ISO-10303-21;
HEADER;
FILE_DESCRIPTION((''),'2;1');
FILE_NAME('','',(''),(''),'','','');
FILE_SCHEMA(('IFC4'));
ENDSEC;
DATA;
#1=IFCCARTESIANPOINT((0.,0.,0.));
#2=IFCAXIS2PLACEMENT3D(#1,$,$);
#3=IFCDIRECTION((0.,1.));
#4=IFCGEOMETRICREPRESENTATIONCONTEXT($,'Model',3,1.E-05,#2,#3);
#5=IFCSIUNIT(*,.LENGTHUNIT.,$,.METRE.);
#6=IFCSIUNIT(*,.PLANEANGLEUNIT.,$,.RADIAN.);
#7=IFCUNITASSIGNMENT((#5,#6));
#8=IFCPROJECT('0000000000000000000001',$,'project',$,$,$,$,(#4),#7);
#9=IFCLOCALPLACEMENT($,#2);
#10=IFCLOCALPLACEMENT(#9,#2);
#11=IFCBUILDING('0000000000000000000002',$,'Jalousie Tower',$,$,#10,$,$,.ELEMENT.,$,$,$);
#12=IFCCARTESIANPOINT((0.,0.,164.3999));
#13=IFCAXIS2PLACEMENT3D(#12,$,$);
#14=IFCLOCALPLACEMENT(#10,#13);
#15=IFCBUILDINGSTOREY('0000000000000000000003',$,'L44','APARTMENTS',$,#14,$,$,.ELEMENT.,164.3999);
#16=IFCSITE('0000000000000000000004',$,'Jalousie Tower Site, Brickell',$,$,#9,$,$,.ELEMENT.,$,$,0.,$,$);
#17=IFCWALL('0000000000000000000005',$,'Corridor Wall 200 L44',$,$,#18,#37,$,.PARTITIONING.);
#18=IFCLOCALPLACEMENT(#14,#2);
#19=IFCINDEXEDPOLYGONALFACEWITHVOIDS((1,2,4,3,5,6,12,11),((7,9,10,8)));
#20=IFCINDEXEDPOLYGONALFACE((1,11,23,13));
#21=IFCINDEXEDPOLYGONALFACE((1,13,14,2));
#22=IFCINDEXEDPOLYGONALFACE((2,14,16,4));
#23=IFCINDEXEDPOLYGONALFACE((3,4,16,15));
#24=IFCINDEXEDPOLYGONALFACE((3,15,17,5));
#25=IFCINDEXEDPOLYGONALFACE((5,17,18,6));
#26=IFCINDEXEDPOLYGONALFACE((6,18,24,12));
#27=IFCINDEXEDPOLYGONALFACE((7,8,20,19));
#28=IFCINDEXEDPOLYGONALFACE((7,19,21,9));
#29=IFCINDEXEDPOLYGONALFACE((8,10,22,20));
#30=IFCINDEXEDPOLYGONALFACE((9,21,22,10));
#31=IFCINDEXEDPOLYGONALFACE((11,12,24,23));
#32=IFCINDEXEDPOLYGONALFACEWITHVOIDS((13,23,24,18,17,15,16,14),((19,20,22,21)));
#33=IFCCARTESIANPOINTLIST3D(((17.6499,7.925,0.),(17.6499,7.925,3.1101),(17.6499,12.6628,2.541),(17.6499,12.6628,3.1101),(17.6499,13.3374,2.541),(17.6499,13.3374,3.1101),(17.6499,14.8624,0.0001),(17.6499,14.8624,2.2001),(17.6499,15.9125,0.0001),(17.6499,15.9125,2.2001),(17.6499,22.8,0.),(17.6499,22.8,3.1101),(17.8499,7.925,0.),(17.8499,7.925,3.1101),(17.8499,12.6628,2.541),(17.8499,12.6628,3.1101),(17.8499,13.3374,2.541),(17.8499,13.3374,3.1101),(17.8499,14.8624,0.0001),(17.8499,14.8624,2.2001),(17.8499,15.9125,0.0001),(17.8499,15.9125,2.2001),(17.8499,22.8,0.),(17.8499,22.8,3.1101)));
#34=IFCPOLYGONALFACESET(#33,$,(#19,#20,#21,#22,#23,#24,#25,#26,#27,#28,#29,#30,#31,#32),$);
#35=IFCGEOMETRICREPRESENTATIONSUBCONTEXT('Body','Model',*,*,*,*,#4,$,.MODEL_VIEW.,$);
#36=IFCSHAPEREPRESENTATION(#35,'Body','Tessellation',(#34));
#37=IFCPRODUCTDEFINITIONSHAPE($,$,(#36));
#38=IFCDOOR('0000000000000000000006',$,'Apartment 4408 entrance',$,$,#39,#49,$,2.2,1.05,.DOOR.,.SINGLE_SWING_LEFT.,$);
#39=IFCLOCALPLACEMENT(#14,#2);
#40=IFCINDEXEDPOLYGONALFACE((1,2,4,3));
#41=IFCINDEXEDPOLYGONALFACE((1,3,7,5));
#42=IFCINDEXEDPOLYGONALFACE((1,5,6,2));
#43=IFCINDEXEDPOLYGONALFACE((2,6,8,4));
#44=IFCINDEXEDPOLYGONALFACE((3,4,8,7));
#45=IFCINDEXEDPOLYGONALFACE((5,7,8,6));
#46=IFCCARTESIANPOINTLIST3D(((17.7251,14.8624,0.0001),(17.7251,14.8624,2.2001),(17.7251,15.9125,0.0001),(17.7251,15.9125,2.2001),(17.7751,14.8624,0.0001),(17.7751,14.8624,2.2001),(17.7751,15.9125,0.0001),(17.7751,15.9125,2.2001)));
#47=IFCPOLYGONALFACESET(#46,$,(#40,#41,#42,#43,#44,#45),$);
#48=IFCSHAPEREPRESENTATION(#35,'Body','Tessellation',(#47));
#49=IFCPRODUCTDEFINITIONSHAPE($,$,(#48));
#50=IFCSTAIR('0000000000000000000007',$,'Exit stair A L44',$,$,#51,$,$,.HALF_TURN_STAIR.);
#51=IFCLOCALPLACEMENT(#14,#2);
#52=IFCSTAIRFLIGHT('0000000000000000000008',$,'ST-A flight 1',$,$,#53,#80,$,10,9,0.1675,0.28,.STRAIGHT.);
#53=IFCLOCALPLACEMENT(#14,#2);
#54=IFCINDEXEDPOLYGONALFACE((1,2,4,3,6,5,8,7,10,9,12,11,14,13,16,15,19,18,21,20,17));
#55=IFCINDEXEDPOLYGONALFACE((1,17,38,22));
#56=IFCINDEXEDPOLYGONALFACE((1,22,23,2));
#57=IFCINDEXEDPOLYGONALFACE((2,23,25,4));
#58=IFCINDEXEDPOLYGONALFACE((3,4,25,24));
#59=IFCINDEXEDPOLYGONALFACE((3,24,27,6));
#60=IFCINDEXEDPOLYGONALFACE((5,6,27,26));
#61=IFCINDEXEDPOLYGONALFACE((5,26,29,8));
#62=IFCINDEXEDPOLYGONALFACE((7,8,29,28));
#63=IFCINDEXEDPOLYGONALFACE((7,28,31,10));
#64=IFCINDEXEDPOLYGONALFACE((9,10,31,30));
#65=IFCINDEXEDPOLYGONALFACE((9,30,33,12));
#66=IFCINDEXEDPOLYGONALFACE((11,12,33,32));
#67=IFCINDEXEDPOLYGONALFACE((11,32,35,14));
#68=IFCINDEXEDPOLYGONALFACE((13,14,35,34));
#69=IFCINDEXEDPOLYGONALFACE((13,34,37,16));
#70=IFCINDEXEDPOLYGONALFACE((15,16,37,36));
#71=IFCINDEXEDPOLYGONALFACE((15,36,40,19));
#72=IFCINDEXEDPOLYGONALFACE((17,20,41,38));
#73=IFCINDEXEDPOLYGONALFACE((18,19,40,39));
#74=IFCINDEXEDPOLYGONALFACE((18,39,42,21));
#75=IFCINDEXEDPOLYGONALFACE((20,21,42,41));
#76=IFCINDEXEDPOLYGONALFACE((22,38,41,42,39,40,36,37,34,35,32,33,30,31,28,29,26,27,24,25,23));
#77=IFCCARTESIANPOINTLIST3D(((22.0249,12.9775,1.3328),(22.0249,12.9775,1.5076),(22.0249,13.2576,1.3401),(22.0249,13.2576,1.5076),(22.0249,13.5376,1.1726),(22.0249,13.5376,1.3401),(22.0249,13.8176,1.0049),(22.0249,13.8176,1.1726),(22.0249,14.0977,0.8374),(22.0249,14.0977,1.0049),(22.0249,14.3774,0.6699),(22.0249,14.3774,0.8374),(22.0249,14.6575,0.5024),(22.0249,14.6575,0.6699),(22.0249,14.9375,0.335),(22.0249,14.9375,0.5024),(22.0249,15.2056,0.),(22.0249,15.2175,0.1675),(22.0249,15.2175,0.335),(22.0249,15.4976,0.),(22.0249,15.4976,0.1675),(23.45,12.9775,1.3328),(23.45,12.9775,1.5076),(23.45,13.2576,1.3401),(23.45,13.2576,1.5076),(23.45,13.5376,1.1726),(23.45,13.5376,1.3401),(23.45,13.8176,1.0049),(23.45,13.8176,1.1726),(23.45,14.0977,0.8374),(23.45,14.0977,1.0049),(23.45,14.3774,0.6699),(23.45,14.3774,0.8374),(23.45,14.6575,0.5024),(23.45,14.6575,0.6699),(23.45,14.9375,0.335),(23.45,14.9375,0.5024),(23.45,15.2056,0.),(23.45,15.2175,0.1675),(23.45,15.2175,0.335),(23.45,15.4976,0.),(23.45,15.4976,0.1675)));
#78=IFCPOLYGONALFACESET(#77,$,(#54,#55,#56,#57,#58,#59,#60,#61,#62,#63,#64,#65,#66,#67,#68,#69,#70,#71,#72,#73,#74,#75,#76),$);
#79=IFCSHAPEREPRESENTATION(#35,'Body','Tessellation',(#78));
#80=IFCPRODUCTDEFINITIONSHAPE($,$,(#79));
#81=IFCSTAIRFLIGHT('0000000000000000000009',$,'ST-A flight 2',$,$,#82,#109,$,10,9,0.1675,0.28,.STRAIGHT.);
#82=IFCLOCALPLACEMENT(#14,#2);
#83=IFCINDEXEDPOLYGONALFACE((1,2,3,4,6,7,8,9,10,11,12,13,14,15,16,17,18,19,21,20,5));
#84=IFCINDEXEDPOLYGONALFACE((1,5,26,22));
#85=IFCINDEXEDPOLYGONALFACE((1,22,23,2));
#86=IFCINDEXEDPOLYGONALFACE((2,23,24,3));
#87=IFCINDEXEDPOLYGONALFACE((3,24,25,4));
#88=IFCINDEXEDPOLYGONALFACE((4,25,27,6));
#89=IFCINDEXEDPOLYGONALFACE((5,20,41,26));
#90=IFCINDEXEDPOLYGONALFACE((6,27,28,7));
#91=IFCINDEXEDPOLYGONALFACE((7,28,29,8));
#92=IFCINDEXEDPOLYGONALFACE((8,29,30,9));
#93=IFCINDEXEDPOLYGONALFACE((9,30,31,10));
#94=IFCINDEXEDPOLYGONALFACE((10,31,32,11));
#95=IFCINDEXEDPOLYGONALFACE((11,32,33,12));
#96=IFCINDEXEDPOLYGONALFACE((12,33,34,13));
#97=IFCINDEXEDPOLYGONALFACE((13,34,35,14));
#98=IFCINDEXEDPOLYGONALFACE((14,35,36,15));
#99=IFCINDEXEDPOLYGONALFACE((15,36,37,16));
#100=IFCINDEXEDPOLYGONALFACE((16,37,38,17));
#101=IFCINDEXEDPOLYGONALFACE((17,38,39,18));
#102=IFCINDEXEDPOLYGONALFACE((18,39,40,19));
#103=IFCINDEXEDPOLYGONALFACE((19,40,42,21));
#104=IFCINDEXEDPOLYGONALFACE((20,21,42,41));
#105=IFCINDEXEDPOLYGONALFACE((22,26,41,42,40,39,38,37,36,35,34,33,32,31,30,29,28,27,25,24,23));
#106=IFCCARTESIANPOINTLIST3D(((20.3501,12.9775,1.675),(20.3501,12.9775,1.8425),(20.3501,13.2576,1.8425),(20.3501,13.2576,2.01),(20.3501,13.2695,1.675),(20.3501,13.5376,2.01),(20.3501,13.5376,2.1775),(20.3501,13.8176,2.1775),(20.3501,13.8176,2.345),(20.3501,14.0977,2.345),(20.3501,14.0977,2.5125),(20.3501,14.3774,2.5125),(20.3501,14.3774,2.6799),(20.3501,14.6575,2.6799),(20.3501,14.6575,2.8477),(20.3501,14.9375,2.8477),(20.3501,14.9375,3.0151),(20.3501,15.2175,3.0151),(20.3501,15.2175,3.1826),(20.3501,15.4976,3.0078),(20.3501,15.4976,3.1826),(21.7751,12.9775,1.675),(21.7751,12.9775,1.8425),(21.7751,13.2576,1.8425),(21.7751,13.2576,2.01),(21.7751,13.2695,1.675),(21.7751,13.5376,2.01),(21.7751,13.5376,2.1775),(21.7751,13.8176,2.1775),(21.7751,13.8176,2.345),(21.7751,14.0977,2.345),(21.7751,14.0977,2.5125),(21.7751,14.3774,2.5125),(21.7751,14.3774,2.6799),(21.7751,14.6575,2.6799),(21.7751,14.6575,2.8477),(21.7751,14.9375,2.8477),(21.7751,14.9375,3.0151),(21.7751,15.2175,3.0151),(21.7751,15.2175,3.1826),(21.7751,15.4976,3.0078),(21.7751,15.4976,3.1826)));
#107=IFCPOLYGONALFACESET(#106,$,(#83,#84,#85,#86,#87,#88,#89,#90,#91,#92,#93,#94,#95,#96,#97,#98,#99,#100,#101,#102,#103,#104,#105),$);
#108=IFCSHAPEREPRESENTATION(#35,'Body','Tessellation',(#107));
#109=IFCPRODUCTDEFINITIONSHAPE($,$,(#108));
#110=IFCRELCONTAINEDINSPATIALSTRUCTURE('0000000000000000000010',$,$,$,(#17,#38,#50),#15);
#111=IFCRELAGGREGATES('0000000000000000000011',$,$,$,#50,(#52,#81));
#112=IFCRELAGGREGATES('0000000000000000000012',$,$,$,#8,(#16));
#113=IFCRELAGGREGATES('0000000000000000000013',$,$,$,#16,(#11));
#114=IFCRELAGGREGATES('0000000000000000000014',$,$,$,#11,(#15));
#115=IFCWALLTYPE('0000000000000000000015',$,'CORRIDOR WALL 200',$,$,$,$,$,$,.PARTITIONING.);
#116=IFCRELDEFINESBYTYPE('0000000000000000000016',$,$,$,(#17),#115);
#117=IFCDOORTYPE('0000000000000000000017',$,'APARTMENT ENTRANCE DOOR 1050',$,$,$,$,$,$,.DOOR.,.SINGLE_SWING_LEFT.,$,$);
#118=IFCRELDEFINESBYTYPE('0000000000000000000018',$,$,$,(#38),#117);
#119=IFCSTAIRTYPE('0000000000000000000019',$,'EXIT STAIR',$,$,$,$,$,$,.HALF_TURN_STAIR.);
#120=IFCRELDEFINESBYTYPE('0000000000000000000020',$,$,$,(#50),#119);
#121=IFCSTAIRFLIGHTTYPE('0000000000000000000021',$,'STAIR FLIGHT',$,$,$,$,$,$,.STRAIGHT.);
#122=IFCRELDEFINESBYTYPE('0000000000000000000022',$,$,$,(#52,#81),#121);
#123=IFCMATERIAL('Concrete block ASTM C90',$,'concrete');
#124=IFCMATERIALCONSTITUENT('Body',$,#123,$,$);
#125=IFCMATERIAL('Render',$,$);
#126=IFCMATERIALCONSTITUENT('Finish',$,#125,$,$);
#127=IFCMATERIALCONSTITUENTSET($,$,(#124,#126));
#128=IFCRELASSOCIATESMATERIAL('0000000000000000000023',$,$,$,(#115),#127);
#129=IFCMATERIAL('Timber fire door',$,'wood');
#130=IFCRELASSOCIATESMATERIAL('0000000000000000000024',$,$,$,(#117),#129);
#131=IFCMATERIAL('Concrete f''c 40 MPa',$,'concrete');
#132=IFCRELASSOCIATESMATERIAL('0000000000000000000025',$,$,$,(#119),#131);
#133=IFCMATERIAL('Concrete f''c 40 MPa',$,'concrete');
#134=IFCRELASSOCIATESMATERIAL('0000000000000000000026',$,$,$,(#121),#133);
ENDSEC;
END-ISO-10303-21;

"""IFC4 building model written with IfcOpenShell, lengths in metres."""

from ifc_helpers import new_model, si_unit, direction, frame, frame_2d, origin, place, context, subcontext, project, spatial, polyline, rectangle, outline, extrude, material, constituent, constituent_set, type_object, element, fill, aggregate, save


model = new_model("IFC4")

# Units and contexts
model_context = context("Model", 3, precision=1e-05, world=origin(), true_north=direction((0.0, 1.0)))
body_context = subcontext(model_context, "Body", "Model", "MODEL_VIEW")
ifc_project = project(units=[si_unit("LENGTHUNIT", "METRE"), si_unit("PLANEANGLEUNIT", "RADIAN")], contexts=[model_context])

# Site, building, storey
site_placement = place(None, origin())
site = spatial("IfcSite", under=ifc_project, at=site_placement, Name="Jalousie Tower Site, Brickell", CompositionType="ELEMENT", RefElevation=0.0)
building_placement = place(site_placement, origin())
building = spatial("IfcBuilding", under=site, at=building_placement, Name="Jalousie Tower", CompositionType="ELEMENT")
storey_placement = place(building_placement, frame((0.0, 0.0, 164.3999)))
storey = spatial("IfcBuildingStorey", under=building, at=storey_placement, Name="L44", Description="APARTMENTS", CompositionType="ELEMENT", Elevation=164.3999)

# Shared definitions
ifc_material_1 = material(Name="Concrete block ASTM C90", Category="concrete")
ifc_constituent_1 = constituent(ifc_material_1, Name="Body")
ifc_material_2 = material(Name="Render")
ifc_constituent_2 = constituent(ifc_material_2, Name="Finish")
ifc_constituent_set_1 = constituent_set(constituents=[ifc_constituent_1, ifc_constituent_2])
wall_type_1 = type_object("IfcWallType", Name="CORRIDOR WALL 200", PredefinedType="PARTITIONING", material=ifc_constituent_set_1)
ifc_material_3 = material(Name="Timber fire door", Category="wood")
door_type_1 = type_object("IfcDoorType", Name="APARTMENT ENTRANCE DOOR 1050", OperationType="SINGLE_SWING_LEFT", PredefinedType="DOOR", material=ifc_material_3)

# Wall, opening, door
wall_1_placement = place(storey_placement, frame((17.75, 7.925, 0.0), z_axis=(0.0, 0.0, 1.0), x_axis=(0.0, 1.0, 0.0)))
wall_1 = element("IfcWall", 1, at=wall_1_placement, inside=storey, type_object=wall_type_1, Name="Corridor Wall 200 L44", PredefinedType="PARTITIONING", context=body_context, shape_type="SweptSolid", body=[
    extrude(outline(polyline([(0.0, 0.0), (14.875, 0.0), (14.875, 3.1101), (5.4124, 3.1101), (5.4124, 2.541), (4.7378, 2.541), (4.7378, 3.1101), (0.0, 3.1101), (0.0, 0.0)])), frame((0.0, 0.1001, 0.0), z_axis=(0.0, -1.0, 0.0), x_axis=(1.0, 0.0, 0.0)), (0.0, 0.0, 1.0), 0.2),
])
opening_1_placement = place(wall_1_placement, frame((6.9375, 0.0, 0.0)))
opening_1 = element("IfcOpeningElement", 2, at=opening_1_placement, cuts=wall_1, PredefinedType="OPENING", context=body_context, shape_type="SweptSolid", body=[
    extrude(rectangle(XDim=1.05, YDim=2.2, at=frame_2d((0.5249, 1.1001))), frame((0.0, 0.1099, 0.0), z_axis=(0.0, -1.0, 0.0), x_axis=(1.0, 0.0, 0.0)), (0.0, 0.0, 1.0), 0.22),
])
door_1_placement = place(opening_1_placement, origin())
door_1 = element("IfcDoor", 3, at=door_1_placement, inside=storey, type_object=door_type_1, Name="Apartment 4408 entrance", OperationType="SINGLE_SWING_LEFT", OverallHeight=2.2, OverallWidth=1.05, PredefinedType="DOOR", context=body_context, shape_type="SweptSolid", body=[
    extrude(rectangle(XDim=1.05, YDim=2.2, at=frame_2d((0.5249, 1.1001))), frame((0.0, 0.0249, 0.0), z_axis=(0.0, -1.0, 0.0), x_axis=(1.0, 0.0, 0.0)), (0.0, 0.0, 1.0), 0.05),
])
fill(opening_1, door_1)

# Stair, stair flights
ifc_material_4 = material(Name="Concrete f'c 40 MPa", Category="concrete")
stair_type = type_object("IfcStairType", Name="EXIT STAIR", PredefinedType="HALF_TURN_STAIR", material=ifc_material_4)
stair_placement = place(storey_placement, origin())
stair = element("IfcStair", 4, at=stair_placement, inside=storey, type_object=stair_type, Name="Exit stair A L44", PredefinedType="HALF_TURN_STAIR")
ifc_material_5 = material(Name="Concrete f'c 40 MPa", Category="concrete")
stair_flight_type = type_object("IfcStairFlightType", Name="STAIR FLIGHT", PredefinedType="STRAIGHT", material=ifc_material_5)
stair_flight_1_placement = place(storey_placement, frame((22.7375, 15.4976, 0.0), z_axis=(0.0, 0.0, 1.0), x_axis=(0.0, -1.0, 0.0)))
stair_flight_1 = element("IfcStairFlight", 5, at=stair_flight_1_placement, type_object=stair_flight_type, Name="ST-A flight 1", NumberOfRisers=10, NumberOfTreads=9, PredefinedType="STRAIGHT", RiserHeight=0.1675, TreadLength=0.28, context=body_context, shape_type="SweptSolid", body=[
    extrude(outline(polyline([(0.0, 0.0), (0.0, 0.1675), (0.28, 0.1675), (0.28, 0.335), (0.5601, 0.335), (0.5601, 0.5024), (0.8401, 0.5024), (0.8401, 0.6699), (1.1201, 0.6699), (1.1201, 0.8374), (1.3999, 0.8374), (1.3999, 1.0049), (1.6799, 1.0049), (1.6799, 1.1726), (1.96, 1.1726), (1.96, 1.3401), (2.24, 1.3401), (2.24, 1.5076), (2.52, 1.5076), (2.52, 1.675), (2.52, 1.3328), (0.292, 0.0), (0.0, 0.0)])), frame((0.0, 0.7124, 0.0), z_axis=(0.0, -1.0, 0.0), x_axis=(1.0, 0.0, 0.0)), (0.0, 0.0, 1.0), 1.425),
])
stair_flight_2_placement = place(storey_placement, frame((21.0625, 12.9775, 1.675), z_axis=(0.0, 0.0, 1.0), x_axis=(0.0, 1.0, 0.0)))
stair_flight_2 = element("IfcStairFlight", 6, at=stair_flight_2_placement, type_object=stair_flight_type, Name="ST-A flight 2", NumberOfRisers=10, NumberOfTreads=9, PredefinedType="STRAIGHT", RiserHeight=0.1675, TreadLength=0.28, context=body_context, shape_type="SweptSolid", body=[
    extrude(outline(polyline([(0.0, 0.0), (0.0, 0.1675), (0.28, 0.1675), (0.28, 0.335), (0.5601, 0.335), (0.5601, 0.5024), (0.8401, 0.5024), (0.8401, 0.6699), (1.1201, 0.6699), (1.1201, 0.8374), (1.3999, 0.8374), (1.3999, 1.0049), (1.6799, 1.0049), (1.6799, 1.1726), (1.96, 1.1726), (1.96, 1.3401), (2.24, 1.3401), (2.24, 1.5076), (2.52, 1.5076), (2.52, 1.675), (2.52, 1.3328), (0.292, 0.0), (0.0, 0.0)])), frame((0.0, 0.7124, 0.0), z_axis=(0.0, -1.0, 0.0), x_axis=(1.0, 0.0, 0.0)), (0.0, 0.0, 1.0), 1.425),
])
aggregate(stair, [stair_flight_1, stair_flight_2])

save(model, "model.ifc")
